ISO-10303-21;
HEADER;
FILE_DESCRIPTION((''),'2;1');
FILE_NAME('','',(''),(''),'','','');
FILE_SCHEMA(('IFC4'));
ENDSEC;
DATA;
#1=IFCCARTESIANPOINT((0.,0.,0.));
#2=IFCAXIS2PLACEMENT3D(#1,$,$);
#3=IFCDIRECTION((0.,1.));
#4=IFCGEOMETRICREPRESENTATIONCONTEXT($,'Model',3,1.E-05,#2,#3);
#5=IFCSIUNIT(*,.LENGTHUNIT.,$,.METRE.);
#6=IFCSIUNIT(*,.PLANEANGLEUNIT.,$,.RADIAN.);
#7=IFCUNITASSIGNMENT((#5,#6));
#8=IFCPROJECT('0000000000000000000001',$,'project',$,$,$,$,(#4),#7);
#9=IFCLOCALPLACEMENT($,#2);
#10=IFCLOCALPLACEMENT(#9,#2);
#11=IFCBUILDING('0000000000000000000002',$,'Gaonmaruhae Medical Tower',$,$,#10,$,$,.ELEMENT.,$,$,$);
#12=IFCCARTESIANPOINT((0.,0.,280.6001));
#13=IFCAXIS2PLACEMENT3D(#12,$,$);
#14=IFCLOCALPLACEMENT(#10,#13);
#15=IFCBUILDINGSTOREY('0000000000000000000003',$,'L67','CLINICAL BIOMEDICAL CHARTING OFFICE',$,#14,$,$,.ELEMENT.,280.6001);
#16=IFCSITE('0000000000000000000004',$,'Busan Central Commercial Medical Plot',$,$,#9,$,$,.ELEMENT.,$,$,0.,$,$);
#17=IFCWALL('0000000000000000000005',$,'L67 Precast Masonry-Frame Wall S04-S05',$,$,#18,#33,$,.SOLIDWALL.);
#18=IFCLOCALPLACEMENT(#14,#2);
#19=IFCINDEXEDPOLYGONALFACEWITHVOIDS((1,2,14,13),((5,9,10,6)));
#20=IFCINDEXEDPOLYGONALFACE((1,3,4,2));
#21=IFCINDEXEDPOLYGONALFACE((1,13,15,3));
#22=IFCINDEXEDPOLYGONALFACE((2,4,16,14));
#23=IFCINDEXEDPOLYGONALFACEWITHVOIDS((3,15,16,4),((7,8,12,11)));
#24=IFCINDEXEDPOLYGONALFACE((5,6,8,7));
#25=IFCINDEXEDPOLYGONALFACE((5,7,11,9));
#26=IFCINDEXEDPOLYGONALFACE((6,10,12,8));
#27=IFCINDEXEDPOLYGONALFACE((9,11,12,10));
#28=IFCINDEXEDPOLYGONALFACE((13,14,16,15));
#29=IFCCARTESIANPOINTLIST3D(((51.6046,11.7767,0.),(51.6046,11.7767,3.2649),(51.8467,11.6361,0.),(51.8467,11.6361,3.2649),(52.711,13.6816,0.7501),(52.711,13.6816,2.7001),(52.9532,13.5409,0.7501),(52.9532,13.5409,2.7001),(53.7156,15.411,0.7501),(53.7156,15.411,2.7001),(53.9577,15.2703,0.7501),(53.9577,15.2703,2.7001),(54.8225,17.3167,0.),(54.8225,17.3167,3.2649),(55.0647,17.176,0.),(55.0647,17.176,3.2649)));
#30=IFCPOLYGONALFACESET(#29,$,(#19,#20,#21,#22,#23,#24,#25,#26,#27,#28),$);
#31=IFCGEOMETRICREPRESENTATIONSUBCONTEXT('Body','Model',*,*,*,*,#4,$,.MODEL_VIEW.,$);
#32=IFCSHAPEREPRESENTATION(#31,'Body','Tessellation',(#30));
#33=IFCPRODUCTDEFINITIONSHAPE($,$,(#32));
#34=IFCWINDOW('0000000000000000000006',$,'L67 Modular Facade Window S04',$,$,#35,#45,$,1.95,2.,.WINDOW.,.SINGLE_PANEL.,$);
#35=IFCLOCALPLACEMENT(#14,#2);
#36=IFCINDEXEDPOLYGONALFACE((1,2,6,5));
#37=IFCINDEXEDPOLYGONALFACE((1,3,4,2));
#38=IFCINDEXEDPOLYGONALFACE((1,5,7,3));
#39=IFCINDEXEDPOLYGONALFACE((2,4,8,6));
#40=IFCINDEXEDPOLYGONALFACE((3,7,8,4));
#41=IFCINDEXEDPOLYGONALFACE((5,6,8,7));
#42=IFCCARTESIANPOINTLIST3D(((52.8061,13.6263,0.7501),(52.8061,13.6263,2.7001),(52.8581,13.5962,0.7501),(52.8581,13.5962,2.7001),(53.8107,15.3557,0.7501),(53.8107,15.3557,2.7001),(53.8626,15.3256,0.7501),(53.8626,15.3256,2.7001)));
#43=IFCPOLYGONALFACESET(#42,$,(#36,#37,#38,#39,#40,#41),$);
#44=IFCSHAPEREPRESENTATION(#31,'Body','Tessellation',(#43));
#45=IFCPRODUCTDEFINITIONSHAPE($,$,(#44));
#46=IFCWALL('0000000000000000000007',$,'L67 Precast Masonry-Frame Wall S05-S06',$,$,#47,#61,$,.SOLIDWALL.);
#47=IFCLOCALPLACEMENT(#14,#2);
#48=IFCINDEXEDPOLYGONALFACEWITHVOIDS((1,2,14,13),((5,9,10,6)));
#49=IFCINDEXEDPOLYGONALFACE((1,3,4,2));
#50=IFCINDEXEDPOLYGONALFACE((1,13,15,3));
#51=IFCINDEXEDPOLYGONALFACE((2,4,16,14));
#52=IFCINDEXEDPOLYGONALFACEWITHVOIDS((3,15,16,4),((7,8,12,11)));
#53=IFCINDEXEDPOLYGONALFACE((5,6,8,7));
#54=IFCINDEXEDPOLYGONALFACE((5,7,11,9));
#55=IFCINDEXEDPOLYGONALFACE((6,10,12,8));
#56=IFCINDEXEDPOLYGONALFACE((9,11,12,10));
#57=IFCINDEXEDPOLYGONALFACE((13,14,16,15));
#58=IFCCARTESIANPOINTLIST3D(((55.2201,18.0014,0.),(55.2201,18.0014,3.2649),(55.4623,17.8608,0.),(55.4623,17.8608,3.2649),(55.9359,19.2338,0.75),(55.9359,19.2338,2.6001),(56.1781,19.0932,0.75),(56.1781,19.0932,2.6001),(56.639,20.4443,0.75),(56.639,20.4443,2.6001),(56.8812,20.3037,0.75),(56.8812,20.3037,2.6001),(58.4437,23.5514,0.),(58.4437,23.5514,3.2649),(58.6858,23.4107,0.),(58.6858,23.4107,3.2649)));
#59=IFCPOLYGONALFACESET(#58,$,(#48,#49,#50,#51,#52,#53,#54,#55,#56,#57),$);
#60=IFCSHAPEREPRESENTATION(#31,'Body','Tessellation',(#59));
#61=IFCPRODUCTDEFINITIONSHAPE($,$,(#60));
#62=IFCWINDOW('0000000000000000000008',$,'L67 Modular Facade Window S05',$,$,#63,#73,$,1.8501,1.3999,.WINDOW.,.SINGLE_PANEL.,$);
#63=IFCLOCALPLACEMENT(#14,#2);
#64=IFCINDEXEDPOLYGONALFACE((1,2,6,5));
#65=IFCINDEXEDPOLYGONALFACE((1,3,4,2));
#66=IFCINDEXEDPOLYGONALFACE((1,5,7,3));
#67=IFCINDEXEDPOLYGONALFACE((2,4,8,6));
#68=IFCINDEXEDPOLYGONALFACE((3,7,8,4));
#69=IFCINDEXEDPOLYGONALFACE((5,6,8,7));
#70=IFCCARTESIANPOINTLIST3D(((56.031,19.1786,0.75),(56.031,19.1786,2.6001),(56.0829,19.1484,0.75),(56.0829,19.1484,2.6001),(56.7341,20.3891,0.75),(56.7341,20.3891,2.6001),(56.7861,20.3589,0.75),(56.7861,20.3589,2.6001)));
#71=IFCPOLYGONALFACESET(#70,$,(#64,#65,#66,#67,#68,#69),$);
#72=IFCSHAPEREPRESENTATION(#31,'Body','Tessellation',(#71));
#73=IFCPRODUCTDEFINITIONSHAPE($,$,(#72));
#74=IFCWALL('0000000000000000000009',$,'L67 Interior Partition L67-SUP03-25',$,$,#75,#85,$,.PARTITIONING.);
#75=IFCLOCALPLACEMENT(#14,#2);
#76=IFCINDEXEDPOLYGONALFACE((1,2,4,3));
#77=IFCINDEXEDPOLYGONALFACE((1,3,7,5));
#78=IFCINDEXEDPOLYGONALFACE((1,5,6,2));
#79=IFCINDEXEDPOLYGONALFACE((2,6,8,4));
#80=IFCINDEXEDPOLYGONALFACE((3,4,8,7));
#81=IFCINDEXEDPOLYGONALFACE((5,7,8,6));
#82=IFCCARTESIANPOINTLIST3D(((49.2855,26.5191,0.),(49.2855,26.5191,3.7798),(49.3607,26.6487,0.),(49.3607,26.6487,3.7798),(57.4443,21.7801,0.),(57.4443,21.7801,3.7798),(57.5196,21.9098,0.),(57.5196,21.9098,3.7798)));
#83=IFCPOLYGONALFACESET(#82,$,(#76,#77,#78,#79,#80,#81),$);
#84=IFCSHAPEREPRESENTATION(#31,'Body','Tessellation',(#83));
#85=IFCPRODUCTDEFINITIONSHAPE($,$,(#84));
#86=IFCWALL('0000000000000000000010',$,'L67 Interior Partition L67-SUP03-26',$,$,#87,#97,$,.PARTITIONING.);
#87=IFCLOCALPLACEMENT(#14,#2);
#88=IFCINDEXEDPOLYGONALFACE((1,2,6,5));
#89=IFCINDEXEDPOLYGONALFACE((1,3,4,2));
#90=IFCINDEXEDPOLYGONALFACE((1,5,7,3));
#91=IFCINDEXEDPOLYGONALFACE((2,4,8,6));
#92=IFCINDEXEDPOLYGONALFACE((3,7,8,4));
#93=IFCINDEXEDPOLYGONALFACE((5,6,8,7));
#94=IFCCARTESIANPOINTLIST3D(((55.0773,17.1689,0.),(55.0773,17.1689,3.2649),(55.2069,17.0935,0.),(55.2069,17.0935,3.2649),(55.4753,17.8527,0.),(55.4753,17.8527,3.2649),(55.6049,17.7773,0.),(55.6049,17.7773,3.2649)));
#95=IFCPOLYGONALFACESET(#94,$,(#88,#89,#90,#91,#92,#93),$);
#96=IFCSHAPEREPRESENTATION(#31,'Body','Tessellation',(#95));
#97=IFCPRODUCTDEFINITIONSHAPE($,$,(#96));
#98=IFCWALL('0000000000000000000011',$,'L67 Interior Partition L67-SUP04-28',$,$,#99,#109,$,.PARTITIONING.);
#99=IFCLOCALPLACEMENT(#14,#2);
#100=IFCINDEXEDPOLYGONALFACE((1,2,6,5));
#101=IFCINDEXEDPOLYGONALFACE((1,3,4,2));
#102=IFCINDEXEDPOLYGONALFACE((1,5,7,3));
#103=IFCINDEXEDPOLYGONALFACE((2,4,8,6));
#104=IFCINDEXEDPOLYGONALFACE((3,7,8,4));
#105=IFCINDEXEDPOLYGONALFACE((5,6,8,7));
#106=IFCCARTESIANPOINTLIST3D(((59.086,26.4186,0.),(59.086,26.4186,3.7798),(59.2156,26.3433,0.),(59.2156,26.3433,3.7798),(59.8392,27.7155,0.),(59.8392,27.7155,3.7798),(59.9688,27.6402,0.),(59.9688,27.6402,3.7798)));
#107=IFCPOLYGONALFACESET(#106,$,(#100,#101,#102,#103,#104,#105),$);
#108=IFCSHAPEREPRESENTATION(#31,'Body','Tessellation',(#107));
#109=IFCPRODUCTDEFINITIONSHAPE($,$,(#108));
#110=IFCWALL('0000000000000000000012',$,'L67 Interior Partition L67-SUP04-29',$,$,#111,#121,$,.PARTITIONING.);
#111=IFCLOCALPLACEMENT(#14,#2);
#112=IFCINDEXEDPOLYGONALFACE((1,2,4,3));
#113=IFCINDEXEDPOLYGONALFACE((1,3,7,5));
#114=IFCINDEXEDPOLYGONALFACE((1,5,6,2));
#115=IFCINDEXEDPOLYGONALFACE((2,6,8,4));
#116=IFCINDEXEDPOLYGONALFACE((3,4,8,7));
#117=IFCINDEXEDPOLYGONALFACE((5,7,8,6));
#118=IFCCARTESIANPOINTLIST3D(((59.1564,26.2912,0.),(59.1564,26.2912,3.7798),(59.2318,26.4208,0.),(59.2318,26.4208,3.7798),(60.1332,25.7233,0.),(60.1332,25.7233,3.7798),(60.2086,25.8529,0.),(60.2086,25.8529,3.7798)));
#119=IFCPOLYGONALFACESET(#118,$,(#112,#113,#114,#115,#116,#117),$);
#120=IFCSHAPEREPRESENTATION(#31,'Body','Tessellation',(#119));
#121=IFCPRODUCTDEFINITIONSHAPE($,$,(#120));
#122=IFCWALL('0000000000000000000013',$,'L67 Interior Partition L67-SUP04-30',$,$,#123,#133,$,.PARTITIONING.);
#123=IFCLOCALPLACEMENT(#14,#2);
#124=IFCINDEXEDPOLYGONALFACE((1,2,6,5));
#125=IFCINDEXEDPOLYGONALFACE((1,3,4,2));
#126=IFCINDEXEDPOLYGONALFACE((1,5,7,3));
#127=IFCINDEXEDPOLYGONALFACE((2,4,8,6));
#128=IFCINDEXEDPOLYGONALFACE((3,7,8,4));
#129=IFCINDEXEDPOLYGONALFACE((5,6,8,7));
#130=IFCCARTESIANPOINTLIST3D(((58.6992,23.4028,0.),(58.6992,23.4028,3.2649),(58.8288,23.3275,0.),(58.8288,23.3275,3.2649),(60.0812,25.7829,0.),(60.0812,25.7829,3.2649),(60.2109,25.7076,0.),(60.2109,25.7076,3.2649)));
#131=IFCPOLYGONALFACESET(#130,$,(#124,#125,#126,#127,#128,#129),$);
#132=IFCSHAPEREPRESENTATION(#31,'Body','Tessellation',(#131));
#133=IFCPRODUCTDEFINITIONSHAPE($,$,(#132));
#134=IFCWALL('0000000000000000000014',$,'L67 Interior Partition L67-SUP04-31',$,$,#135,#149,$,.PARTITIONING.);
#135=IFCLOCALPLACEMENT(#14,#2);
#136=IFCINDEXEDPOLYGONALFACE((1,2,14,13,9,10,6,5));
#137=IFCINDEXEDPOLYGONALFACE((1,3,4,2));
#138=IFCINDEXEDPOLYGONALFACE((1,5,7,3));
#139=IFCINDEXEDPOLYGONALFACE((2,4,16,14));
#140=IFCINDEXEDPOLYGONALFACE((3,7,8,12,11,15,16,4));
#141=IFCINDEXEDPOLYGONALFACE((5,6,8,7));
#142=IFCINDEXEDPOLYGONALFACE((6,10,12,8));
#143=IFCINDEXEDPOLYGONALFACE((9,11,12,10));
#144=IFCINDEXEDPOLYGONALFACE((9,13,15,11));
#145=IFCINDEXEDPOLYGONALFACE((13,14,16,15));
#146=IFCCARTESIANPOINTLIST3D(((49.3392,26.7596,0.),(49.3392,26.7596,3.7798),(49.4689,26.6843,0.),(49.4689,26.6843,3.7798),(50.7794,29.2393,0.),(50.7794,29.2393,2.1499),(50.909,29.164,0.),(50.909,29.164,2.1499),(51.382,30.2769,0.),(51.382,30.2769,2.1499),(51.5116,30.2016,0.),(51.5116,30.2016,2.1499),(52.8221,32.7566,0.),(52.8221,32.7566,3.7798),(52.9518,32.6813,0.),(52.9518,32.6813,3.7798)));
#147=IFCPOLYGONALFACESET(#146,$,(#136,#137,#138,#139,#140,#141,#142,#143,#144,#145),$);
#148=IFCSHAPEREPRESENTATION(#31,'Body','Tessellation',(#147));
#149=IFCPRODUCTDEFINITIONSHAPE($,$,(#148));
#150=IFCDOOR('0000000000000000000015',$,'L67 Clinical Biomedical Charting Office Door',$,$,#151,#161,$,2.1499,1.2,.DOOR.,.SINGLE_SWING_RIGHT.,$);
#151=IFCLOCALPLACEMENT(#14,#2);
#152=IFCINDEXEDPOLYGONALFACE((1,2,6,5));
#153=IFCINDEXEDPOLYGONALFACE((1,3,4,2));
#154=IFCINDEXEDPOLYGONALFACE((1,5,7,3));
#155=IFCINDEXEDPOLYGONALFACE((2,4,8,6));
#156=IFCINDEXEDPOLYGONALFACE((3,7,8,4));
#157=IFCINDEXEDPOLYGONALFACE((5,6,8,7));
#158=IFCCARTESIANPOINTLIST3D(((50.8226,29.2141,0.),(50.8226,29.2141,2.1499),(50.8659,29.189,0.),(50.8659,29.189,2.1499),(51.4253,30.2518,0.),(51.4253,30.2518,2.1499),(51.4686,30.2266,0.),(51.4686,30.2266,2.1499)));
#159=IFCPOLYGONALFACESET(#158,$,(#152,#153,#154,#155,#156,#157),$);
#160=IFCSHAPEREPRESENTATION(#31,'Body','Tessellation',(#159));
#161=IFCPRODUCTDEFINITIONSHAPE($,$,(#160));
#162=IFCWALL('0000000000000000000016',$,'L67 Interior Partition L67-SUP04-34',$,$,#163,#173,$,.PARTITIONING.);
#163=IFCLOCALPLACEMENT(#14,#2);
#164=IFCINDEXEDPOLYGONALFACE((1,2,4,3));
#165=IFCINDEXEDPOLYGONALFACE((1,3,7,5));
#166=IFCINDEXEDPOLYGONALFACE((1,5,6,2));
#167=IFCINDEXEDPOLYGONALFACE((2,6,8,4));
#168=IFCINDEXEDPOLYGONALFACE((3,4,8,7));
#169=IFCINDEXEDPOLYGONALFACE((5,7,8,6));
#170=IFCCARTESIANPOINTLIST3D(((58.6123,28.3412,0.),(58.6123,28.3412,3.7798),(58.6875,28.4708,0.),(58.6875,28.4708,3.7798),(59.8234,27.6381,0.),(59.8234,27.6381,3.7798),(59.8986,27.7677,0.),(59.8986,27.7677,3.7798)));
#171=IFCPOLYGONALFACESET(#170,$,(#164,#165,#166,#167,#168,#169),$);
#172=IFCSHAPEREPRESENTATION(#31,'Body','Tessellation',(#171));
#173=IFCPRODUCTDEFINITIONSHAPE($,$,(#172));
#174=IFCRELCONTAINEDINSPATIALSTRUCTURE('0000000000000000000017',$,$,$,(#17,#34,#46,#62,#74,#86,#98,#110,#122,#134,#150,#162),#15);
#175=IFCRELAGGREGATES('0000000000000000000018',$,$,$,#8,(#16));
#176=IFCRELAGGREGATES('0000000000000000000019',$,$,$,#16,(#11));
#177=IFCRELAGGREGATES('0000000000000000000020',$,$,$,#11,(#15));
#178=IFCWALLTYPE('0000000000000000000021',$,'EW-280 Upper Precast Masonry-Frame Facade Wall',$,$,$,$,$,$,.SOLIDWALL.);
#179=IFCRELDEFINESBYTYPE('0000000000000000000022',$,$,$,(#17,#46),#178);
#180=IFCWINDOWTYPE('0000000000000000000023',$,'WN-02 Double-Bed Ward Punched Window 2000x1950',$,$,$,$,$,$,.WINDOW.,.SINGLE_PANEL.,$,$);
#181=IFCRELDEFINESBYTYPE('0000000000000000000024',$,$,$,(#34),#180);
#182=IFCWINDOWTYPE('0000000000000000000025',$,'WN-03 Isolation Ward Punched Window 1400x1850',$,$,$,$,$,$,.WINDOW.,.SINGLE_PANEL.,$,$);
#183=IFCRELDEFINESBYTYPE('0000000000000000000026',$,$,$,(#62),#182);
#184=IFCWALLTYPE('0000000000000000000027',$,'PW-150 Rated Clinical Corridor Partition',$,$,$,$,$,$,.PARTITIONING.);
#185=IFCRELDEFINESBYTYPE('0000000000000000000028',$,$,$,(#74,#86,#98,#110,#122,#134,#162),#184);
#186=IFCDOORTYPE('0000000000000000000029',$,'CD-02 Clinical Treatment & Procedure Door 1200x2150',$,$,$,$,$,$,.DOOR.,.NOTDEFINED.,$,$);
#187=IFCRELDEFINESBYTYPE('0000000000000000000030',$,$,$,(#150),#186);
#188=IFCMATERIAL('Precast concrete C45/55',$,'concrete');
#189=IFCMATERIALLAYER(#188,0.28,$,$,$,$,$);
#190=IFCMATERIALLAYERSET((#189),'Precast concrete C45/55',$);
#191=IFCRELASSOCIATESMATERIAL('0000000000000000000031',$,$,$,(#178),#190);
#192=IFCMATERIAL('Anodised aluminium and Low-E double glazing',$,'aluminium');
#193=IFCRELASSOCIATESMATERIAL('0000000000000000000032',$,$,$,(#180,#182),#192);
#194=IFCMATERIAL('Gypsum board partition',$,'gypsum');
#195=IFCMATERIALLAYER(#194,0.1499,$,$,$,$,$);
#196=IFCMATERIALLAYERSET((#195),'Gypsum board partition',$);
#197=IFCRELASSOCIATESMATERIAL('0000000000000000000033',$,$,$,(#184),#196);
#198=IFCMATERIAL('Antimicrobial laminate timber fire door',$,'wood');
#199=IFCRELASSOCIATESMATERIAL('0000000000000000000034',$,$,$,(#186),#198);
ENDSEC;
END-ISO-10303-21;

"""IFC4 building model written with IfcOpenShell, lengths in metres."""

from ifc_helpers import new_model, si_unit, direction, frame, frame_2d, origin, place, context, subcontext, project, spatial, rectangle, extrude, material, layer, layer_set, type_object, element, fill, save


model = new_model("IFC4")

# Units and contexts
model_context = context("Model", 3, precision=1e-05, world=origin(), true_north=direction((0.0, 1.0)))
body_context = subcontext(model_context, "Body", "Model", "MODEL_VIEW")
ifc_project = project(units=[si_unit("LENGTHUNIT", "METRE"), si_unit("PLANEANGLEUNIT", "RADIAN")], contexts=[model_context])

# Site, building, storey
site_placement = place(None, origin())
site = spatial("IfcSite", under=ifc_project, at=site_placement, Name="Busan Central Commercial Medical Plot", CompositionType="ELEMENT", RefElevation=0.0)
building_placement = place(site_placement, origin())
building = spatial("IfcBuilding", under=site, at=building_placement, Name="Gaonmaruhae Medical Tower", CompositionType="ELEMENT")
storey_placement = place(building_placement, frame((0.0, 0.0, 280.6001)))
storey = spatial("IfcBuildingStorey", under=building, at=storey_placement, Name="L67", Description="CLINICAL BIOMEDICAL CHARTING OFFICE", CompositionType="ELEMENT", Elevation=280.6001)

# Walls, openings, windows
ifc_material_1 = material(Name="Precast concrete C45/55", Category="concrete")
ifc_layer_1 = layer(ifc_material_1, 0.28)
ifc_layer_set_1 = layer_set([ifc_layer_1], Name="Precast concrete C45/55")
wall_type_1 = type_object("IfcWallType", Name="EW-280 Upper Precast Masonry-Frame Facade Wall", PredefinedType="SOLIDWALL", material=ifc_layer_set_1)
wall_1_placement = place(storey_placement, frame((54.9436, 17.2463, 0.0), z_axis=(0.0, 0.0, 1.0), x_axis=(-0.502278, -0.864706, 0.0)))
wall_1 = element("IfcWall", 1, at=wall_1_placement, inside=storey, type_object=wall_type_1, Name="L67 Precast Masonry-Frame Wall S04-S05", PredefinedType="SOLIDWALL", context=body_context, shape_type="SweptSolid", body=[
    extrude(rectangle(XDim=6.4067, YDim=0.28, at=frame_2d((3.2034, 0.0))), origin(), (0.0, 0.0, 1.0), 3.2649),
])
opening_1_placement = place(wall_1_placement, frame((2.2039, 0.0, 0.75)))
opening_1 = element("IfcOpeningElement", 2, at=opening_1_placement, cuts=wall_1, PredefinedType="OPENING", context=body_context, shape_type="SweptSolid", body=[
    extrude(rectangle(XDim=2.0, YDim=1.95, at=frame_2d((1.0, 0.9751))), frame((0.0, 0.1499, 0.0), z_axis=(0.0, -1.0, 0.0), x_axis=(1.0, 0.0, 0.0)), (0.0, 0.0, 1.0), 0.3),
])
ifc_material_2 = material(Name="Anodised aluminium and Low-E double glazing", Category="aluminium")
window_type_1 = type_object("IfcWindowType", Name="WN-02 Double-Bed Ward Punched Window 2000x1950", PartitioningType="SINGLE_PANEL", PredefinedType="WINDOW", material=ifc_material_2)
window_1_placement = place(opening_1_placement, origin())
window_1 = element("IfcWindow", 3, at=window_1_placement, inside=storey, type_object=window_type_1, Name="L67 Modular Facade Window S04", OverallHeight=1.95, OverallWidth=2.0, PartitioningType="SINGLE_PANEL", PredefinedType="WINDOW", context=body_context, shape_type="SweptSolid", body=[
    extrude(rectangle(XDim=2.0, YDim=1.95, at=frame_2d((1.0, 0.9751))), frame((0.0, 0.03, 0.0), z_axis=(0.0, -1.0, 0.0), x_axis=(1.0, 0.0, 0.0)), (0.0, 0.0, 1.0), 0.0601),
])
fill(opening_1, window_1)
wall_2_placement = place(storey_placement, frame((58.5647, 23.481, 0.0), z_axis=(0.0, 0.0, 1.0), x_axis=(-0.502255, -0.86472, 0.0)))
wall_2 = element("IfcWall", 4, at=wall_2_placement, inside=storey, type_object=wall_type_1, Name="L67 Precast Masonry-Frame Wall S05-S06", PredefinedType="SOLIDWALL", context=body_context, shape_type="SweptSolid", body=[
    extrude(rectangle(XDim=6.4182, YDim=0.28, at=frame_2d((3.209, 0.0))), origin(), (0.0, 0.0, 1.0), 3.2649),
])
opening_2_placement = place(wall_2_placement, frame((3.593, 0.0, 0.75)))
opening_2 = element("IfcOpeningElement", 5, at=opening_2_placement, cuts=wall_2, PredefinedType="OPENING", context=body_context, shape_type="SweptSolid", body=[
    extrude(rectangle(XDim=1.3999, YDim=1.8501, at=frame_2d((0.7, 0.925))), frame((0.0, 0.1499, 0.0), z_axis=(0.0, -1.0, 0.0), x_axis=(1.0, 0.0, 0.0)), (0.0, 0.0, 1.0), 0.3),
])
window_type_2 = type_object("IfcWindowType", Name="WN-03 Isolation Ward Punched Window 1400x1850", PartitioningType="SINGLE_PANEL", PredefinedType="WINDOW", material=ifc_material_2)
window_2_placement = place(opening_2_placement, origin())
window_2 = element("IfcWindow", 6, at=window_2_placement, inside=storey, type_object=window_type_2, Name="L67 Modular Facade Window S05", OverallHeight=1.8501, OverallWidth=1.3999, PartitioningType="SINGLE_PANEL", PredefinedType="WINDOW", context=body_context, shape_type="SweptSolid", body=[
    extrude(rectangle(XDim=1.3999, YDim=1.8501, at=frame_2d((0.7, 0.925))), frame((0.0, 0.03, 0.0), z_axis=(0.0, -1.0, 0.0), x_axis=(1.0, 0.0, 0.0)), (0.0, 0.0, 1.0), 0.0601),
])
fill(opening_2, window_2)

# Walls
ifc_material_3 = material(Name="Gypsum board partition", Category="gypsum")
ifc_layer_2 = layer(ifc_material_3, 0.1499)
ifc_layer_set_2 = layer_set([ifc_layer_2], Name="Gypsum board partition")
wall_type_2 = type_object("IfcWallType", Name="PW-150 Rated Clinical Corridor Partition", PredefinedType="PARTITIONING", material=ifc_layer_set_2)
wall_3_placement = place(storey_placement, frame((49.323, 26.584, 0.0), z_axis=(0.0, 0.0, 1.0), x_axis=(0.864717, -0.50226, 0.0)))
element("IfcWall", 7, at=wall_3_placement, inside=storey, type_object=wall_type_2, Name="L67 Interior Partition L67-SUP03-25", PredefinedType="PARTITIONING", context=body_context, shape_type="SweptSolid", body=[
    extrude(rectangle(XDim=9.4353, YDim=0.1499, at=frame_2d((4.7178, 0.0))), origin(), (0.0, 0.0, 1.0), 3.7798),
])
wall_4_placement = place(storey_placement, frame((55.54, 17.8149, 0.0), z_axis=(0.0, 0.0, 1.0), x_axis=(-0.502969, -0.864304, 0.0)))
element("IfcWall", 8, at=wall_4_placement, inside=storey, type_object=wall_type_2, Name="L67 Interior Partition L67-SUP03-26", PredefinedType="PARTITIONING", context=body_context, shape_type="SweptSolid", body=[
    extrude(rectangle(XDim=0.7913, YDim=0.1499, at=frame_2d((0.3955, 0.0))), origin(), (0.0, 0.0, 1.0), 3.2649),
])
wall_5_placement = place(storey_placement, frame((59.9041, 27.678, 0.0), z_axis=(0.0, 0.0, 1.0), x_axis=(-0.50221, -0.864746, 0.0)))
element("IfcWall", 9, at=wall_5_placement, inside=storey, type_object=wall_type_2, Name="L67 Interior Partition L67-SUP04-28", PredefinedType="PARTITIONING", context=body_context, shape_type="SweptSolid", body=[
    extrude(rectangle(XDim=1.4998, YDim=0.1499, at=frame_2d((0.75, 0.0))), origin(), (0.0, 0.0, 1.0), 3.7798),
])
wall_6_placement = place(storey_placement, frame((59.1941, 26.356, 0.0), z_axis=(0.0, 0.0, 1.0), x_axis=(0.864522, -0.502594, 0.0)))
element("IfcWall", 10, at=wall_6_placement, inside=storey, type_object=wall_type_2, Name="L67 Interior Partition L67-SUP04-29", PredefinedType="PARTITIONING", context=body_context, shape_type="SweptSolid", body=[
    extrude(rectangle(XDim=1.1299, YDim=0.1499, at=frame_2d((0.5649, 0.0))), origin(), (0.0, 0.0, 1.0), 3.7798),
])
wall_7_placement = place(storey_placement, frame((60.146, 25.7451, 0.0), z_axis=(0.0, 0.0, 1.0), x_axis=(-0.502155, -0.864778, 0.0)))
element("IfcWall", 11, at=wall_7_placement, inside=storey, type_object=wall_type_2, Name="L67 Interior Partition L67-SUP04-30", PredefinedType="PARTITIONING", context=body_context, shape_type="SweptSolid", body=[
    extrude(rectangle(XDim=2.7522, YDim=0.1499, at=frame_2d((1.376, 0.0))), origin(), (0.0, 0.0, 1.0), 3.2649),
])

# Wall, opening, door
wall_8_placement = place(storey_placement, frame((49.4041, 26.7219, 0.0), z_axis=(0.0, 0.0, 1.0), x_axis=(0.502215, 0.864743, 0.0)))
wall_8 = element("IfcWall", 12, at=wall_8_placement, inside=storey, type_object=wall_type_2, Name="L67 Interior Partition L67-SUP04-31", PredefinedType="PARTITIONING", context=body_context, shape_type="SweptSolid", body=[
    extrude(rectangle(XDim=6.9351, YDim=0.1499, at=frame_2d((3.4675, 0.0))), origin(), (0.0, 0.0, 1.0), 3.7798),
])
opening_3_placement = place(wall_8_placement, frame((2.8674, 0.0, 0.0)))
opening_3 = element("IfcOpeningElement", 13, at=opening_3_placement, cuts=wall_8, PredefinedType="OPENING", context=body_context, shape_type="SweptSolid", body=[
    extrude(rectangle(XDim=1.2, YDim=2.1499, at=frame_2d((0.6001, 1.075))), frame((0.0, 0.085, 0.0), z_axis=(0.0, -1.0, 0.0), x_axis=(1.0, 0.0, 0.0)), (0.0, 0.0, 1.0), 0.1699),
])
ifc_material_4 = material(Name="Antimicrobial laminate timber fire door", Category="wood")
door_type = type_object("IfcDoorType", Name="CD-02 Clinical Treatment & Procedure Door 1200x2150", OperationType="NOTDEFINED", PredefinedType="DOOR", material=ifc_material_4)
door_placement = place(opening_3_placement, origin())
door = element("IfcDoor", 14, at=door_placement, inside=storey, type_object=door_type, Name="L67 Clinical Biomedical Charting Office Door", OperationType="SINGLE_SWING_RIGHT", OverallHeight=2.1499, OverallWidth=1.2, PredefinedType="DOOR", context=body_context, shape_type="SweptSolid", body=[
    extrude(rectangle(XDim=1.2, YDim=2.1499, at=frame_2d((0.6001, 1.075))), frame((0.0, 0.0249, 0.0), z_axis=(0.0, -1.0, 0.0), x_axis=(1.0, 0.0, 0.0)), (0.0, 0.0, 1.0), 0.05),
])
fill(opening_3, door)

# Wall
wall_9_placement = place(storey_placement, frame((58.6499, 28.406, 0.0), z_axis=(0.0, 0.0, 1.0), x_axis=(0.864833, -0.50206, 0.0)))
element("IfcWall", 15, at=wall_9_placement, inside=storey, type_object=wall_type_2, Name="L67 Interior Partition L67-SUP04-34", PredefinedType="PARTITIONING", context=body_context, shape_type="SweptSolid", body=[
    extrude(rectangle(XDim=1.4004, YDim=0.1499, at=frame_2d((0.7002, 0.0))), origin(), (0.0, 0.0, 1.0), 3.7798),
])

save(model, "model.ifc")
